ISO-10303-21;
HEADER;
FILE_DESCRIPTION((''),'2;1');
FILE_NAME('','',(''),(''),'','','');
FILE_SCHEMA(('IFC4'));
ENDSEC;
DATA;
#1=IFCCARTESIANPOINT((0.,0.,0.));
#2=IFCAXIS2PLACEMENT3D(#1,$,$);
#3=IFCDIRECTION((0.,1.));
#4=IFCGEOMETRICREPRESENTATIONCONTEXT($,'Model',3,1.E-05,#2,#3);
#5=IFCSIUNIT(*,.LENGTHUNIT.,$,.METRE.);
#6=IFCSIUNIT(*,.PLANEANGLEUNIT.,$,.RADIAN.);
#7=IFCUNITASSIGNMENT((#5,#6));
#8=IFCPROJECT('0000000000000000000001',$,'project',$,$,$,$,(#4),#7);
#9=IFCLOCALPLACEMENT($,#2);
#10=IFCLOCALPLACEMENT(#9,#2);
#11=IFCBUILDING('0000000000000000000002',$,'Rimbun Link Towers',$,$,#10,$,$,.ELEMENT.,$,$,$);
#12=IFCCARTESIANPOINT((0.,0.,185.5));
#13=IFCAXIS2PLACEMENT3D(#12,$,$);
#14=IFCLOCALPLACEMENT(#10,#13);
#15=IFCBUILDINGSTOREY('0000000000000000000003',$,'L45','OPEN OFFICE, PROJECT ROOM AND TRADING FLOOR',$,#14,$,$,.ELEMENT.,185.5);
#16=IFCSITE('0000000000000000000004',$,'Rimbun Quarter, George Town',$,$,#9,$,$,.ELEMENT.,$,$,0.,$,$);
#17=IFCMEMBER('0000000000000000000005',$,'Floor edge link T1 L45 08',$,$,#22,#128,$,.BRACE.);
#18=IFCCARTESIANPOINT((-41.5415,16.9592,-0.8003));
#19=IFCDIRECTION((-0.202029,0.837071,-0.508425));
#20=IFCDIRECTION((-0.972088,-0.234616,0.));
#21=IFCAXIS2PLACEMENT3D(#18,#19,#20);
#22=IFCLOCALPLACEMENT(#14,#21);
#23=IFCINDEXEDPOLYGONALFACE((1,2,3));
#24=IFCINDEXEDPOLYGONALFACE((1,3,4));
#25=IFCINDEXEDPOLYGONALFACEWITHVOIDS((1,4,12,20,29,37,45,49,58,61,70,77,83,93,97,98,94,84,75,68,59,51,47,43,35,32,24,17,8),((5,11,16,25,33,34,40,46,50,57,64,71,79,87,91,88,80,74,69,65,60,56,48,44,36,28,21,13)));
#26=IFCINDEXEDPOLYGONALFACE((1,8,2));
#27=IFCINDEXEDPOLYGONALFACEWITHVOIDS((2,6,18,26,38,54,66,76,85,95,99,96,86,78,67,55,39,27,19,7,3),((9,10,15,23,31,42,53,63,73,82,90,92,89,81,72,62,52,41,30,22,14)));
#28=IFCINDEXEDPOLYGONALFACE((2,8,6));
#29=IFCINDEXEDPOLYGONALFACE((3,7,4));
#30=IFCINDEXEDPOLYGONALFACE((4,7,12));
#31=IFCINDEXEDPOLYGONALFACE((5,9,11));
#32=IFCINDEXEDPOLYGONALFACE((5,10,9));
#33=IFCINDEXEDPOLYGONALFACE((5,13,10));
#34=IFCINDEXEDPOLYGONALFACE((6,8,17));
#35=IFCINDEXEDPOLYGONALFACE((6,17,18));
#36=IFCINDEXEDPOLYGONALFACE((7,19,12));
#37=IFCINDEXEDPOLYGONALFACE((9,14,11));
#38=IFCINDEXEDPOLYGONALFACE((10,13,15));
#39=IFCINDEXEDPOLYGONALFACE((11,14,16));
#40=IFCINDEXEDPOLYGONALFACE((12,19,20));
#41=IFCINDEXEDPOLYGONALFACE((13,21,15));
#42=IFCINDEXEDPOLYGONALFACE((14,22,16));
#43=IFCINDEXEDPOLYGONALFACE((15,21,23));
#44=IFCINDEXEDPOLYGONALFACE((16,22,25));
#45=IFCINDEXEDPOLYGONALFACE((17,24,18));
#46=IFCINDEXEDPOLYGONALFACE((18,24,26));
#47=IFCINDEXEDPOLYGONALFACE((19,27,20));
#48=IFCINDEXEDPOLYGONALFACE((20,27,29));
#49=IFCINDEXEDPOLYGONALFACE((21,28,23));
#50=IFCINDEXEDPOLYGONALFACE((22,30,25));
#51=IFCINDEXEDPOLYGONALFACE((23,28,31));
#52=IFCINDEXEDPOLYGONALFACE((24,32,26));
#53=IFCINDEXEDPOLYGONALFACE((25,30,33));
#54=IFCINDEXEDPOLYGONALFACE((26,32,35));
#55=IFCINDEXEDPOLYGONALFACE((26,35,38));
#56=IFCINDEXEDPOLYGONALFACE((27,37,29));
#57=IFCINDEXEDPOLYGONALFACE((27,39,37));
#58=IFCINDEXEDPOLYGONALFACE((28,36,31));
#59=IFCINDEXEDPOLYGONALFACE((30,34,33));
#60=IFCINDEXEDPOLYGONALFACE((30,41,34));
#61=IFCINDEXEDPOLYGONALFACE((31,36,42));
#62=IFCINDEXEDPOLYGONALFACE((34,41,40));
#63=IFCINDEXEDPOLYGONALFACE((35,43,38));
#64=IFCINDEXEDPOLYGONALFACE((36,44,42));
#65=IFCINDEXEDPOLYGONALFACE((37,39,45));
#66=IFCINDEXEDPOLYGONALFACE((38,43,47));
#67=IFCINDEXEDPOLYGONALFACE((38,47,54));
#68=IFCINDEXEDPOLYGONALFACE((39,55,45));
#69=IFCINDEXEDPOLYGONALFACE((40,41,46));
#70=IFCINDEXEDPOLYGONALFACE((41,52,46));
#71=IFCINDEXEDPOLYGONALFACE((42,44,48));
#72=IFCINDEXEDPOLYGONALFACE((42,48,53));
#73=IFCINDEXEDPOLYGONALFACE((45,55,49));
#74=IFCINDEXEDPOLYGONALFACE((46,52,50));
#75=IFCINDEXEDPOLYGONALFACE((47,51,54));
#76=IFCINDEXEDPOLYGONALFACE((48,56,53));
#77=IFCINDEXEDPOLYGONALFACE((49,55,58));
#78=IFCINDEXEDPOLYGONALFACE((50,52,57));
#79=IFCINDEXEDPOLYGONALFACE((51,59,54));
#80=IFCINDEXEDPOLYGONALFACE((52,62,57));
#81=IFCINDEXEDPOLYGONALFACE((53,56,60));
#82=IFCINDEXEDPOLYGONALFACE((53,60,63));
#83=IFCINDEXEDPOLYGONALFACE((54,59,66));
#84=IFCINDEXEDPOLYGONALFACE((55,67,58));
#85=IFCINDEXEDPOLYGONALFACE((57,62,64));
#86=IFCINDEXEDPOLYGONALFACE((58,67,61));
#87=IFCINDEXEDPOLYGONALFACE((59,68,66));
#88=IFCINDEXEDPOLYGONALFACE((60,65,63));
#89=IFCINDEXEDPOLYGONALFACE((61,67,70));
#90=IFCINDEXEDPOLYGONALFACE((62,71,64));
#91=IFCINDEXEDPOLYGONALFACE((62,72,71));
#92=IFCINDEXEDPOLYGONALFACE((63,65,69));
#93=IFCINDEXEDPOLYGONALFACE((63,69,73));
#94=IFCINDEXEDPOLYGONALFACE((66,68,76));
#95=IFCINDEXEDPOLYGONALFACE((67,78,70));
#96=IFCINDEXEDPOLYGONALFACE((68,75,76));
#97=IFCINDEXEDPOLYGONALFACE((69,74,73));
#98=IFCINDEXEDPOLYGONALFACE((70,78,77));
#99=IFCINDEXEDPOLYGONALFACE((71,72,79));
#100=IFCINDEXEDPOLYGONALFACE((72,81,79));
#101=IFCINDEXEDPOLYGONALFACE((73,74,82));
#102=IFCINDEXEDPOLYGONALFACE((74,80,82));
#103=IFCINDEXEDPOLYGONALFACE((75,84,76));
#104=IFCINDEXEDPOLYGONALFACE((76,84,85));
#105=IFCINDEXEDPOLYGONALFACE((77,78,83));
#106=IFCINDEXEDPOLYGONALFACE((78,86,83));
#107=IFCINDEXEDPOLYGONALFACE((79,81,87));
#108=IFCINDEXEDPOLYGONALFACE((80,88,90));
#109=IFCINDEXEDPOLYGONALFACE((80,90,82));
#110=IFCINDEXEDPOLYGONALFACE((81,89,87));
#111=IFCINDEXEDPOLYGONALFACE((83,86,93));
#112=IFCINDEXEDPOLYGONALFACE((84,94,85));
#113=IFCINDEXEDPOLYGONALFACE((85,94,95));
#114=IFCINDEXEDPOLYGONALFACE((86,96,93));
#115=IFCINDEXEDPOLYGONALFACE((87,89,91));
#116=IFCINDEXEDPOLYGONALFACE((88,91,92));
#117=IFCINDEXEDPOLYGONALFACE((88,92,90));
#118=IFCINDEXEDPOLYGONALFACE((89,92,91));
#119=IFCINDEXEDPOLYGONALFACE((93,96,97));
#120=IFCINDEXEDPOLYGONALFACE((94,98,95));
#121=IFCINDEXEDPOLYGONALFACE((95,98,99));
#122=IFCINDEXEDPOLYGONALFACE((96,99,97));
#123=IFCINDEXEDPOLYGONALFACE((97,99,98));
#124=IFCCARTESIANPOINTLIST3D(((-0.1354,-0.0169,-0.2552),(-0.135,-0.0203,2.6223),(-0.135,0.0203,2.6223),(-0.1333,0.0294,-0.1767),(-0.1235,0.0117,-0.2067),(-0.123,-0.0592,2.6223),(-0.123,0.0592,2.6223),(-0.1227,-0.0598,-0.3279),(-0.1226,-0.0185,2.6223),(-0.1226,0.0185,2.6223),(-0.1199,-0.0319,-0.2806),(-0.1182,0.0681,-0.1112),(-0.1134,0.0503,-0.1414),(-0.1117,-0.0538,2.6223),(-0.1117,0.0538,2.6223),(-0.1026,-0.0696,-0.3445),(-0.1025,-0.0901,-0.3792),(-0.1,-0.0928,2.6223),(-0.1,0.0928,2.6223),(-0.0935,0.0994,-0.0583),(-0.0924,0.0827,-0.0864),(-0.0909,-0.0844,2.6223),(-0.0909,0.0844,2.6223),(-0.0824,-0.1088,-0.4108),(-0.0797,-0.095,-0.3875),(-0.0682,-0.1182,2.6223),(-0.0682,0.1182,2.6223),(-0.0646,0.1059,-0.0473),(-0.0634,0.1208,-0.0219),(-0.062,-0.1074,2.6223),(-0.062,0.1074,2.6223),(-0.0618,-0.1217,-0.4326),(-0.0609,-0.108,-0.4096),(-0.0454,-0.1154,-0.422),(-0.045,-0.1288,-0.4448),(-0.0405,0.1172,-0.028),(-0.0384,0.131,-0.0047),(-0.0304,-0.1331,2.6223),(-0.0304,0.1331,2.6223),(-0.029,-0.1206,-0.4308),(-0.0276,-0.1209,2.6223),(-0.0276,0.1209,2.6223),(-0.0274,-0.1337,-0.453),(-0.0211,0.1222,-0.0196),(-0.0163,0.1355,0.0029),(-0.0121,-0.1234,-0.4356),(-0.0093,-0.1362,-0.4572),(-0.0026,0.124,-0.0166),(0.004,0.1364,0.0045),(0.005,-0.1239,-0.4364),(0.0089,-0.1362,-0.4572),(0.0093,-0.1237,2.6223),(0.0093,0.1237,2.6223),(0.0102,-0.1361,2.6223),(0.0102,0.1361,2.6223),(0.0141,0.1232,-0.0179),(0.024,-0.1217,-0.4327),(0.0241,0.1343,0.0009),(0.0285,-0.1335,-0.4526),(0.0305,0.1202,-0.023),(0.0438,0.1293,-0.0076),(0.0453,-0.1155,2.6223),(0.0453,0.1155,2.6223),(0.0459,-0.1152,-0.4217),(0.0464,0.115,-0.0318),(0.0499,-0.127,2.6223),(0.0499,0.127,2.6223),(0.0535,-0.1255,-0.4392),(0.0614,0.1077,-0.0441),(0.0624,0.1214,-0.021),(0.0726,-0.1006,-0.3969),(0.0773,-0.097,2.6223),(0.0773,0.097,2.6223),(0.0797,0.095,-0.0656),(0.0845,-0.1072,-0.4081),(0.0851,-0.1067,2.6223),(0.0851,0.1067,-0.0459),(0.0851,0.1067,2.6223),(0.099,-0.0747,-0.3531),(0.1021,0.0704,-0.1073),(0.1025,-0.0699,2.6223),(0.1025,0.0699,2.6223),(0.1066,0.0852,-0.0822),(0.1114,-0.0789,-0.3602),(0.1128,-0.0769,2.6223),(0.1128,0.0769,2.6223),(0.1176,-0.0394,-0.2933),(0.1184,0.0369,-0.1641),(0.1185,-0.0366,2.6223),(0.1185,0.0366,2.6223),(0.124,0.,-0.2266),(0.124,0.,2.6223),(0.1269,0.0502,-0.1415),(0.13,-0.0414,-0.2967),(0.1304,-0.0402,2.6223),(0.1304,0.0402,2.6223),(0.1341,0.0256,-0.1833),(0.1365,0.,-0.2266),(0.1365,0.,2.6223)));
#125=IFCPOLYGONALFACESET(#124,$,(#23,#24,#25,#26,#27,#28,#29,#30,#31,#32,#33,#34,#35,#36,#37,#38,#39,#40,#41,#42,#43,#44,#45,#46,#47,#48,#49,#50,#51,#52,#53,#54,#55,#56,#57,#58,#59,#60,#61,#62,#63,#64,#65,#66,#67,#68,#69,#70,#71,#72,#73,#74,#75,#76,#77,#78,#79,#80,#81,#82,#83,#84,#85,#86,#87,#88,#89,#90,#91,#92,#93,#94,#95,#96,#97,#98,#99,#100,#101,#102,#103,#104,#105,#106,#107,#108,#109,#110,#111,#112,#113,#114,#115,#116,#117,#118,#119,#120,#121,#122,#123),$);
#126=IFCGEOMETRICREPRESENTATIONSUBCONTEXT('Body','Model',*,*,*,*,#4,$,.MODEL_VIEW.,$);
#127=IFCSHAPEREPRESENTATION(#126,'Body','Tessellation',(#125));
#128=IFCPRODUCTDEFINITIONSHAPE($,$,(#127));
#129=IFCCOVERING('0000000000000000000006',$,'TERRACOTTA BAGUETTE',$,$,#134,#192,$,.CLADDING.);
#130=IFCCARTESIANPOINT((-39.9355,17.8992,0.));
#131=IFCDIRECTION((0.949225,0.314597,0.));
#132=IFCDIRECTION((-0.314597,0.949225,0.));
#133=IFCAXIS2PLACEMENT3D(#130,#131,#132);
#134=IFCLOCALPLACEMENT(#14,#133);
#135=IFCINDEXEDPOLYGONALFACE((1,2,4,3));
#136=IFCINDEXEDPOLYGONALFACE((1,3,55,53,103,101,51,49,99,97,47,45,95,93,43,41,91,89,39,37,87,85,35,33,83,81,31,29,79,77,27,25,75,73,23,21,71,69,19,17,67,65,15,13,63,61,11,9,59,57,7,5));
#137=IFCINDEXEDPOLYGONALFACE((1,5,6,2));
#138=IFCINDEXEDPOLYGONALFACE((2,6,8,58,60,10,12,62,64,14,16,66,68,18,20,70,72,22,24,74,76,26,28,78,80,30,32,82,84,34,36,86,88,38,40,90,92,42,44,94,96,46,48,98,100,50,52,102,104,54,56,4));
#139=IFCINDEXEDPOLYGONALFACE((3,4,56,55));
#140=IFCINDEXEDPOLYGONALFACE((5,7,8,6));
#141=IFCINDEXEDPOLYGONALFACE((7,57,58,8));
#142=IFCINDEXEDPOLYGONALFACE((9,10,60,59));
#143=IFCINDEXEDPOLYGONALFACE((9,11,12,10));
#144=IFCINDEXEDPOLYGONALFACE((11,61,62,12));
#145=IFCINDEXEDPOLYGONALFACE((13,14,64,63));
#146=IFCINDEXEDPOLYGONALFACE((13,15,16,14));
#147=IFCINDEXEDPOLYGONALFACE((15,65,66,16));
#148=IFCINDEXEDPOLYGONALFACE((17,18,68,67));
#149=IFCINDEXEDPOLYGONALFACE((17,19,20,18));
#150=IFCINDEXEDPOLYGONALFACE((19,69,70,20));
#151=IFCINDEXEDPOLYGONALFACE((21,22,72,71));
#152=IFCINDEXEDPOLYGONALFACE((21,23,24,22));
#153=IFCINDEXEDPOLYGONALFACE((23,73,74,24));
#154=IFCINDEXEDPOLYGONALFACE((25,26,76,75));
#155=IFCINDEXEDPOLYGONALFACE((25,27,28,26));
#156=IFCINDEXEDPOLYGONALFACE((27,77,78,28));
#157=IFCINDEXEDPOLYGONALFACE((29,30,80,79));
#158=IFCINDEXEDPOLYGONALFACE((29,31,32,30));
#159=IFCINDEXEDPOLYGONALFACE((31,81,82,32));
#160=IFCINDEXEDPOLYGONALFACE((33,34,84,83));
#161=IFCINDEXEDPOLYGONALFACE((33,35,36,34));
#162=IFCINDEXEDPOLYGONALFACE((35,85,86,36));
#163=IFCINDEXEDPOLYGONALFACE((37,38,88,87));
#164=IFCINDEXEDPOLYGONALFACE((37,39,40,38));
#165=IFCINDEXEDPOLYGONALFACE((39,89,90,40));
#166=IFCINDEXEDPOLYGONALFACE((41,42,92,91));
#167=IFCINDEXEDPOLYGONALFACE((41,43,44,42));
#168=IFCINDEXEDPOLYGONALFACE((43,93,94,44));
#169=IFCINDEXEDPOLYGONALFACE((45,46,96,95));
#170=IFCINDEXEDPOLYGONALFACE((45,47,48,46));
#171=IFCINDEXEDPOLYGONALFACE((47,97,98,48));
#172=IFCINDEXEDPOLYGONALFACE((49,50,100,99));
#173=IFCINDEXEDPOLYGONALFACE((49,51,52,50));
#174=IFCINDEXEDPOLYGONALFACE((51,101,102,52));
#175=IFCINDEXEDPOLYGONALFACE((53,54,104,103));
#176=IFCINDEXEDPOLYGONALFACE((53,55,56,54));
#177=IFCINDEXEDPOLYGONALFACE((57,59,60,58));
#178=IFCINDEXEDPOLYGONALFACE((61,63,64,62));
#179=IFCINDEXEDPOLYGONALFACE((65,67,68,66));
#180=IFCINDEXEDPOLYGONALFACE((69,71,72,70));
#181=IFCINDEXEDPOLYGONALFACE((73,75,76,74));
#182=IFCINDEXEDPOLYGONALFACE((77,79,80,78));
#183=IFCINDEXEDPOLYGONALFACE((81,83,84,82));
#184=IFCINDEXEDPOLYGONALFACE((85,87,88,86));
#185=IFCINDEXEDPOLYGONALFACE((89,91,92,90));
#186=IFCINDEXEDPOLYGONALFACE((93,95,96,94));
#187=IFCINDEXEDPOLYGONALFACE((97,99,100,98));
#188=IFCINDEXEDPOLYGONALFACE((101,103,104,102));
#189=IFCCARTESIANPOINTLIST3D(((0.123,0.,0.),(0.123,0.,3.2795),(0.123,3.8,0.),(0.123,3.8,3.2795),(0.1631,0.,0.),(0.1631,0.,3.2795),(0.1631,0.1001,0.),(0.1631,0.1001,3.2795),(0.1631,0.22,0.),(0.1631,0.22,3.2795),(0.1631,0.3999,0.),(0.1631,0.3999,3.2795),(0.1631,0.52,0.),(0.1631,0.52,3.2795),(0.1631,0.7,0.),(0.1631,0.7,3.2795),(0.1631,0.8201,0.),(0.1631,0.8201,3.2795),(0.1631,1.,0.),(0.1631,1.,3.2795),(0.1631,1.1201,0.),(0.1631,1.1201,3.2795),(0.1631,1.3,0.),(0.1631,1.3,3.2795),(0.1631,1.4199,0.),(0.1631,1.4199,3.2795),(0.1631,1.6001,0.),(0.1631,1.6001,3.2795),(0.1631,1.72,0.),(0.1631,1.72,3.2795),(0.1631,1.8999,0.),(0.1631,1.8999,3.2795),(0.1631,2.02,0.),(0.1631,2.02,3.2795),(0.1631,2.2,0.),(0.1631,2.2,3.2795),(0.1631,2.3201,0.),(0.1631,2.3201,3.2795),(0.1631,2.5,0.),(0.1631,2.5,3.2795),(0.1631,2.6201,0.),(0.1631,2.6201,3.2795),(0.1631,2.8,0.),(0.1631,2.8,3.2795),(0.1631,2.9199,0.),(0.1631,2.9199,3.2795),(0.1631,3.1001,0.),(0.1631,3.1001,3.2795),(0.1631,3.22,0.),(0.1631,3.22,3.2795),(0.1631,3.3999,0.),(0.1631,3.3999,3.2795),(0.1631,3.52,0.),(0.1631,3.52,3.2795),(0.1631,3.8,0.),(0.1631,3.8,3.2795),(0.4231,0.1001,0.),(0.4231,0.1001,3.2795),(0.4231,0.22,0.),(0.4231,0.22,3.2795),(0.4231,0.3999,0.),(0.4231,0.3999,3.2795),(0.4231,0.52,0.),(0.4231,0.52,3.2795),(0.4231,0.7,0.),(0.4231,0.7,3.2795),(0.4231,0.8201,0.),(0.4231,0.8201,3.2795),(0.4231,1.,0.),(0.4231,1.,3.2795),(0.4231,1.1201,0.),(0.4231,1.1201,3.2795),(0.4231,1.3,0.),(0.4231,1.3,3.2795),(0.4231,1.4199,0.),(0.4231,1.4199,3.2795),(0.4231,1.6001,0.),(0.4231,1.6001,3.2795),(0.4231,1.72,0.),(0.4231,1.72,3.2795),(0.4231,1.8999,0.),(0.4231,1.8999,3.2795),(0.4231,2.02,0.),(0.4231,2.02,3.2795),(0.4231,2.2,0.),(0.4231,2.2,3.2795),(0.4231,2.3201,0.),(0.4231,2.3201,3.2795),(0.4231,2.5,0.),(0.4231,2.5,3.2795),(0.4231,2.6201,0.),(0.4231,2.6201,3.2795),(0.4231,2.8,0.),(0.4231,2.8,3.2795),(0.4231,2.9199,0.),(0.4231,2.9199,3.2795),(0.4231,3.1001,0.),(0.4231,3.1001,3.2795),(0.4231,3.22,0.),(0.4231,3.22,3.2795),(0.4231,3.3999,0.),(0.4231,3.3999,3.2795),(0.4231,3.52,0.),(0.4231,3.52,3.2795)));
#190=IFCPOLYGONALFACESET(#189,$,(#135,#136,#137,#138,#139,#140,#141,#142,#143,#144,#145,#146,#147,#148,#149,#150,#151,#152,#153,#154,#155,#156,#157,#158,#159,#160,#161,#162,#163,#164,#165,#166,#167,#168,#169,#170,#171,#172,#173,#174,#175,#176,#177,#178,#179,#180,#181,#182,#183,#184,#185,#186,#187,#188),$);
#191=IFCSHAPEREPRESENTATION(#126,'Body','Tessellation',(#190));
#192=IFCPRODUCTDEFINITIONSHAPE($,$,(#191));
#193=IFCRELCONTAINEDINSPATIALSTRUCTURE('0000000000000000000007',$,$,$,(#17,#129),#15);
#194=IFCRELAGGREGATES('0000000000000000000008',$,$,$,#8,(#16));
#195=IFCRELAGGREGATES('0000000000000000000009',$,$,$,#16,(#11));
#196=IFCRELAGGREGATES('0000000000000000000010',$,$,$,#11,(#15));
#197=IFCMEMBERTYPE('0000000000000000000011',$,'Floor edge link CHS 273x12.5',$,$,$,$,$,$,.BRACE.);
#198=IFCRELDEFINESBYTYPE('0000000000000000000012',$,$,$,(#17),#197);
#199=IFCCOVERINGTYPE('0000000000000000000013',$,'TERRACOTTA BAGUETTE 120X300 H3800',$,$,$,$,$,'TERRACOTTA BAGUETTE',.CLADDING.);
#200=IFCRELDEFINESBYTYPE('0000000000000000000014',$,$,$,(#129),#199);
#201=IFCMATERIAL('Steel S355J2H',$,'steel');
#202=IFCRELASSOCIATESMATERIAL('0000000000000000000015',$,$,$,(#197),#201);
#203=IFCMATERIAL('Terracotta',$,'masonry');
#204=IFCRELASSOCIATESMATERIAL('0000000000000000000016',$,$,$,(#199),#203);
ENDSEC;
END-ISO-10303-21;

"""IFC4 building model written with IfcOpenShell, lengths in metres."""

from ifc_helpers import new_model, si_unit, direction, frame, origin, origin_2d, place, context, subcontext, project, spatial, polyline, hollow_circle, outline, extrude, clip, halfspace, material, material_profile, profile_set, type_object, element, save


model = new_model("IFC4")

# Units and contexts
model_context = context("Model", 3, precision=1e-05, world=origin(), true_north=direction((0.0, 1.0)))
body_context = subcontext(model_context, "Body", "Model", "MODEL_VIEW")
ifc_project = project(units=[si_unit("LENGTHUNIT", "METRE"), si_unit("PLANEANGLEUNIT", "RADIAN")], contexts=[model_context])

# Site, building, storey
site_placement = place(None, origin())
site = spatial("IfcSite", under=ifc_project, at=site_placement, Name="Rimbun Quarter, George Town", CompositionType="ELEMENT", RefElevation=0.0)
building_placement = place(site_placement, origin())
building = spatial("IfcBuilding", under=site, at=building_placement, Name="Rimbun Link Towers", CompositionType="ELEMENT")
storey_placement = place(building_placement, frame((0.0, 0.0, 185.5)))
storey = spatial("IfcBuildingStorey", under=building, at=storey_placement, Name="L45", Description="OPEN OFFICE, PROJECT ROOM AND TRADING FLOOR", CompositionType="ELEMENT", Elevation=185.5)

# Member
ifc_material_1 = material(Name="Steel S355J2H", Category="steel")
ifc_material_profile_1 = material_profile(ifc_material_1, hollow_circle(Radius=0.1365, WallThickness=0.0125, at=origin_2d()), Name="CHS 273x12.5")
ifc_profile_set_1 = profile_set([ifc_material_profile_1], Name="Steel S355J2H")
member_type_1 = type_object("IfcMemberType", Name="Floor edge link CHS 273x12.5", PredefinedType="BRACE", material=ifc_profile_set_1)
member_1_placement = place(storey_placement, frame((-41.5415, 16.9592, -0.8003), z_axis=(-0.202029, 0.837071, -0.508425), x_axis=(-0.972088, -0.234616, 0.0)))
element("IfcMember", 1, at=member_1_placement, inside=storey, type_object=member_type_1, Name="Floor edge link T1 L45 08", PredefinedType="BRACE", context=body_context, shape_type="Clipping", body=[
    clip(extrude(hollow_circle(Radius=0.1365, WallThickness=0.0125, at=origin_2d()), frame((0.0, 0.0, -0.4819)), (0.0, 0.0, 1.0), 3.1042), halfspace(frame((0.0, 0.0, -0.2266), z_axis=(0.0, 0.861106, -0.508425)), False)),
])

# Covering
ifc_material_2 = material(Name="Terracotta", Category="masonry")
ifc_material_profile_2 = material_profile(ifc_material_2, outline(polyline([(0.123, 0.0), (0.1631, 0.0), (0.1631, 0.1001), (0.4231, 0.1001), (0.4231, 0.22), (0.1631, 0.22), (0.1631, 0.3999), (0.4231, 0.3999), (0.4231, 0.52), (0.1631, 0.52), (0.1631, 0.7), (0.4231, 0.7), (0.4231, 0.8201), (0.1631, 0.8201), (0.1631, 1.0), (0.4231, 1.0), (0.4231, 1.1201), (0.1631, 1.1201), (0.1631, 1.3), (0.4231, 1.3), (0.4231, 1.4199), (0.1631, 1.4199), (0.1631, 1.6001), (0.4231, 1.6001), (0.4231, 1.72), (0.1631, 1.72), (0.1631, 1.8999), (0.4231, 1.8999), (0.4231, 2.02), (0.1631, 2.02), (0.1631, 2.2), (0.4231, 2.2), (0.4231, 2.3201), (0.1631, 2.3201), (0.1631, 2.5), (0.4231, 2.5), (0.4231, 2.6201), (0.1631, 2.6201), (0.1631, 2.8), (0.4231, 2.8), (0.4231, 2.9199), (0.1631, 2.9199), (0.1631, 3.1001), (0.4231, 3.1001), (0.4231, 3.22), (0.1631, 3.22), (0.1631, 3.3999), (0.4231, 3.3999), (0.4231, 3.52), (0.1631, 3.52), (0.1631, 3.8), (0.123, 3.8), (0.123, 0.0)])), Name="BAGUETTE 120X300")
ifc_profile_set_2 = profile_set([ifc_material_profile_2], Name="Terracotta")
covering_type = type_object("IfcCoveringType", Name="TERRACOTTA BAGUETTE 120X300 H3800", ElementType="TERRACOTTA BAGUETTE", PredefinedType="CLADDING", material=ifc_profile_set_2)
covering_1_placement = place(storey_placement, frame((-39.9355, 17.8992, 0.0), z_axis=(0.949225, 0.314597, 0.0), x_axis=(-0.314597, 0.949225, 0.0)))
element("IfcCovering", 2, at=covering_1_placement, inside=storey, type_object=covering_type, Name="TERRACOTTA BAGUETTE", PredefinedType="CLADDING", context=body_context, shape_type="SweptSolid", body=[
    extrude(outline(polyline([(0.123, 0.0), (0.1631, 0.0), (0.1631, 0.1001), (0.4231, 0.1001), (0.4231, 0.22), (0.1631, 0.22), (0.1631, 0.3999), (0.4231, 0.3999), (0.4231, 0.52), (0.1631, 0.52), (0.1631, 0.7), (0.4231, 0.7), (0.4231, 0.8201), (0.1631, 0.8201), (0.1631, 1.0), (0.4231, 1.0), (0.4231, 1.1201), (0.1631, 1.1201), (0.1631, 1.3), (0.4231, 1.3), (0.4231, 1.4199), (0.1631, 1.4199), (0.1631, 1.6001), (0.4231, 1.6001), (0.4231, 1.72), (0.1631, 1.72), (0.1631, 1.8999), (0.4231, 1.8999), (0.4231, 2.02), (0.1631, 2.02), (0.1631, 2.2), (0.4231, 2.2), (0.4231, 2.3201), (0.1631, 2.3201), (0.1631, 2.5), (0.4231, 2.5), (0.4231, 2.6201), (0.1631, 2.6201), (0.1631, 2.8), (0.4231, 2.8), (0.4231, 2.9199), (0.1631, 2.9199), (0.1631, 3.1001), (0.4231, 3.1001), (0.4231, 3.22), (0.1631, 3.22), (0.1631, 3.3999), (0.4231, 3.3999), (0.4231, 3.52), (0.1631, 3.52), (0.1631, 3.8), (0.123, 3.8), (0.123, 0.0)])), origin(), (0.0, 0.0, 1.0), 3.2795),
])

save(model, "model.ifc")
